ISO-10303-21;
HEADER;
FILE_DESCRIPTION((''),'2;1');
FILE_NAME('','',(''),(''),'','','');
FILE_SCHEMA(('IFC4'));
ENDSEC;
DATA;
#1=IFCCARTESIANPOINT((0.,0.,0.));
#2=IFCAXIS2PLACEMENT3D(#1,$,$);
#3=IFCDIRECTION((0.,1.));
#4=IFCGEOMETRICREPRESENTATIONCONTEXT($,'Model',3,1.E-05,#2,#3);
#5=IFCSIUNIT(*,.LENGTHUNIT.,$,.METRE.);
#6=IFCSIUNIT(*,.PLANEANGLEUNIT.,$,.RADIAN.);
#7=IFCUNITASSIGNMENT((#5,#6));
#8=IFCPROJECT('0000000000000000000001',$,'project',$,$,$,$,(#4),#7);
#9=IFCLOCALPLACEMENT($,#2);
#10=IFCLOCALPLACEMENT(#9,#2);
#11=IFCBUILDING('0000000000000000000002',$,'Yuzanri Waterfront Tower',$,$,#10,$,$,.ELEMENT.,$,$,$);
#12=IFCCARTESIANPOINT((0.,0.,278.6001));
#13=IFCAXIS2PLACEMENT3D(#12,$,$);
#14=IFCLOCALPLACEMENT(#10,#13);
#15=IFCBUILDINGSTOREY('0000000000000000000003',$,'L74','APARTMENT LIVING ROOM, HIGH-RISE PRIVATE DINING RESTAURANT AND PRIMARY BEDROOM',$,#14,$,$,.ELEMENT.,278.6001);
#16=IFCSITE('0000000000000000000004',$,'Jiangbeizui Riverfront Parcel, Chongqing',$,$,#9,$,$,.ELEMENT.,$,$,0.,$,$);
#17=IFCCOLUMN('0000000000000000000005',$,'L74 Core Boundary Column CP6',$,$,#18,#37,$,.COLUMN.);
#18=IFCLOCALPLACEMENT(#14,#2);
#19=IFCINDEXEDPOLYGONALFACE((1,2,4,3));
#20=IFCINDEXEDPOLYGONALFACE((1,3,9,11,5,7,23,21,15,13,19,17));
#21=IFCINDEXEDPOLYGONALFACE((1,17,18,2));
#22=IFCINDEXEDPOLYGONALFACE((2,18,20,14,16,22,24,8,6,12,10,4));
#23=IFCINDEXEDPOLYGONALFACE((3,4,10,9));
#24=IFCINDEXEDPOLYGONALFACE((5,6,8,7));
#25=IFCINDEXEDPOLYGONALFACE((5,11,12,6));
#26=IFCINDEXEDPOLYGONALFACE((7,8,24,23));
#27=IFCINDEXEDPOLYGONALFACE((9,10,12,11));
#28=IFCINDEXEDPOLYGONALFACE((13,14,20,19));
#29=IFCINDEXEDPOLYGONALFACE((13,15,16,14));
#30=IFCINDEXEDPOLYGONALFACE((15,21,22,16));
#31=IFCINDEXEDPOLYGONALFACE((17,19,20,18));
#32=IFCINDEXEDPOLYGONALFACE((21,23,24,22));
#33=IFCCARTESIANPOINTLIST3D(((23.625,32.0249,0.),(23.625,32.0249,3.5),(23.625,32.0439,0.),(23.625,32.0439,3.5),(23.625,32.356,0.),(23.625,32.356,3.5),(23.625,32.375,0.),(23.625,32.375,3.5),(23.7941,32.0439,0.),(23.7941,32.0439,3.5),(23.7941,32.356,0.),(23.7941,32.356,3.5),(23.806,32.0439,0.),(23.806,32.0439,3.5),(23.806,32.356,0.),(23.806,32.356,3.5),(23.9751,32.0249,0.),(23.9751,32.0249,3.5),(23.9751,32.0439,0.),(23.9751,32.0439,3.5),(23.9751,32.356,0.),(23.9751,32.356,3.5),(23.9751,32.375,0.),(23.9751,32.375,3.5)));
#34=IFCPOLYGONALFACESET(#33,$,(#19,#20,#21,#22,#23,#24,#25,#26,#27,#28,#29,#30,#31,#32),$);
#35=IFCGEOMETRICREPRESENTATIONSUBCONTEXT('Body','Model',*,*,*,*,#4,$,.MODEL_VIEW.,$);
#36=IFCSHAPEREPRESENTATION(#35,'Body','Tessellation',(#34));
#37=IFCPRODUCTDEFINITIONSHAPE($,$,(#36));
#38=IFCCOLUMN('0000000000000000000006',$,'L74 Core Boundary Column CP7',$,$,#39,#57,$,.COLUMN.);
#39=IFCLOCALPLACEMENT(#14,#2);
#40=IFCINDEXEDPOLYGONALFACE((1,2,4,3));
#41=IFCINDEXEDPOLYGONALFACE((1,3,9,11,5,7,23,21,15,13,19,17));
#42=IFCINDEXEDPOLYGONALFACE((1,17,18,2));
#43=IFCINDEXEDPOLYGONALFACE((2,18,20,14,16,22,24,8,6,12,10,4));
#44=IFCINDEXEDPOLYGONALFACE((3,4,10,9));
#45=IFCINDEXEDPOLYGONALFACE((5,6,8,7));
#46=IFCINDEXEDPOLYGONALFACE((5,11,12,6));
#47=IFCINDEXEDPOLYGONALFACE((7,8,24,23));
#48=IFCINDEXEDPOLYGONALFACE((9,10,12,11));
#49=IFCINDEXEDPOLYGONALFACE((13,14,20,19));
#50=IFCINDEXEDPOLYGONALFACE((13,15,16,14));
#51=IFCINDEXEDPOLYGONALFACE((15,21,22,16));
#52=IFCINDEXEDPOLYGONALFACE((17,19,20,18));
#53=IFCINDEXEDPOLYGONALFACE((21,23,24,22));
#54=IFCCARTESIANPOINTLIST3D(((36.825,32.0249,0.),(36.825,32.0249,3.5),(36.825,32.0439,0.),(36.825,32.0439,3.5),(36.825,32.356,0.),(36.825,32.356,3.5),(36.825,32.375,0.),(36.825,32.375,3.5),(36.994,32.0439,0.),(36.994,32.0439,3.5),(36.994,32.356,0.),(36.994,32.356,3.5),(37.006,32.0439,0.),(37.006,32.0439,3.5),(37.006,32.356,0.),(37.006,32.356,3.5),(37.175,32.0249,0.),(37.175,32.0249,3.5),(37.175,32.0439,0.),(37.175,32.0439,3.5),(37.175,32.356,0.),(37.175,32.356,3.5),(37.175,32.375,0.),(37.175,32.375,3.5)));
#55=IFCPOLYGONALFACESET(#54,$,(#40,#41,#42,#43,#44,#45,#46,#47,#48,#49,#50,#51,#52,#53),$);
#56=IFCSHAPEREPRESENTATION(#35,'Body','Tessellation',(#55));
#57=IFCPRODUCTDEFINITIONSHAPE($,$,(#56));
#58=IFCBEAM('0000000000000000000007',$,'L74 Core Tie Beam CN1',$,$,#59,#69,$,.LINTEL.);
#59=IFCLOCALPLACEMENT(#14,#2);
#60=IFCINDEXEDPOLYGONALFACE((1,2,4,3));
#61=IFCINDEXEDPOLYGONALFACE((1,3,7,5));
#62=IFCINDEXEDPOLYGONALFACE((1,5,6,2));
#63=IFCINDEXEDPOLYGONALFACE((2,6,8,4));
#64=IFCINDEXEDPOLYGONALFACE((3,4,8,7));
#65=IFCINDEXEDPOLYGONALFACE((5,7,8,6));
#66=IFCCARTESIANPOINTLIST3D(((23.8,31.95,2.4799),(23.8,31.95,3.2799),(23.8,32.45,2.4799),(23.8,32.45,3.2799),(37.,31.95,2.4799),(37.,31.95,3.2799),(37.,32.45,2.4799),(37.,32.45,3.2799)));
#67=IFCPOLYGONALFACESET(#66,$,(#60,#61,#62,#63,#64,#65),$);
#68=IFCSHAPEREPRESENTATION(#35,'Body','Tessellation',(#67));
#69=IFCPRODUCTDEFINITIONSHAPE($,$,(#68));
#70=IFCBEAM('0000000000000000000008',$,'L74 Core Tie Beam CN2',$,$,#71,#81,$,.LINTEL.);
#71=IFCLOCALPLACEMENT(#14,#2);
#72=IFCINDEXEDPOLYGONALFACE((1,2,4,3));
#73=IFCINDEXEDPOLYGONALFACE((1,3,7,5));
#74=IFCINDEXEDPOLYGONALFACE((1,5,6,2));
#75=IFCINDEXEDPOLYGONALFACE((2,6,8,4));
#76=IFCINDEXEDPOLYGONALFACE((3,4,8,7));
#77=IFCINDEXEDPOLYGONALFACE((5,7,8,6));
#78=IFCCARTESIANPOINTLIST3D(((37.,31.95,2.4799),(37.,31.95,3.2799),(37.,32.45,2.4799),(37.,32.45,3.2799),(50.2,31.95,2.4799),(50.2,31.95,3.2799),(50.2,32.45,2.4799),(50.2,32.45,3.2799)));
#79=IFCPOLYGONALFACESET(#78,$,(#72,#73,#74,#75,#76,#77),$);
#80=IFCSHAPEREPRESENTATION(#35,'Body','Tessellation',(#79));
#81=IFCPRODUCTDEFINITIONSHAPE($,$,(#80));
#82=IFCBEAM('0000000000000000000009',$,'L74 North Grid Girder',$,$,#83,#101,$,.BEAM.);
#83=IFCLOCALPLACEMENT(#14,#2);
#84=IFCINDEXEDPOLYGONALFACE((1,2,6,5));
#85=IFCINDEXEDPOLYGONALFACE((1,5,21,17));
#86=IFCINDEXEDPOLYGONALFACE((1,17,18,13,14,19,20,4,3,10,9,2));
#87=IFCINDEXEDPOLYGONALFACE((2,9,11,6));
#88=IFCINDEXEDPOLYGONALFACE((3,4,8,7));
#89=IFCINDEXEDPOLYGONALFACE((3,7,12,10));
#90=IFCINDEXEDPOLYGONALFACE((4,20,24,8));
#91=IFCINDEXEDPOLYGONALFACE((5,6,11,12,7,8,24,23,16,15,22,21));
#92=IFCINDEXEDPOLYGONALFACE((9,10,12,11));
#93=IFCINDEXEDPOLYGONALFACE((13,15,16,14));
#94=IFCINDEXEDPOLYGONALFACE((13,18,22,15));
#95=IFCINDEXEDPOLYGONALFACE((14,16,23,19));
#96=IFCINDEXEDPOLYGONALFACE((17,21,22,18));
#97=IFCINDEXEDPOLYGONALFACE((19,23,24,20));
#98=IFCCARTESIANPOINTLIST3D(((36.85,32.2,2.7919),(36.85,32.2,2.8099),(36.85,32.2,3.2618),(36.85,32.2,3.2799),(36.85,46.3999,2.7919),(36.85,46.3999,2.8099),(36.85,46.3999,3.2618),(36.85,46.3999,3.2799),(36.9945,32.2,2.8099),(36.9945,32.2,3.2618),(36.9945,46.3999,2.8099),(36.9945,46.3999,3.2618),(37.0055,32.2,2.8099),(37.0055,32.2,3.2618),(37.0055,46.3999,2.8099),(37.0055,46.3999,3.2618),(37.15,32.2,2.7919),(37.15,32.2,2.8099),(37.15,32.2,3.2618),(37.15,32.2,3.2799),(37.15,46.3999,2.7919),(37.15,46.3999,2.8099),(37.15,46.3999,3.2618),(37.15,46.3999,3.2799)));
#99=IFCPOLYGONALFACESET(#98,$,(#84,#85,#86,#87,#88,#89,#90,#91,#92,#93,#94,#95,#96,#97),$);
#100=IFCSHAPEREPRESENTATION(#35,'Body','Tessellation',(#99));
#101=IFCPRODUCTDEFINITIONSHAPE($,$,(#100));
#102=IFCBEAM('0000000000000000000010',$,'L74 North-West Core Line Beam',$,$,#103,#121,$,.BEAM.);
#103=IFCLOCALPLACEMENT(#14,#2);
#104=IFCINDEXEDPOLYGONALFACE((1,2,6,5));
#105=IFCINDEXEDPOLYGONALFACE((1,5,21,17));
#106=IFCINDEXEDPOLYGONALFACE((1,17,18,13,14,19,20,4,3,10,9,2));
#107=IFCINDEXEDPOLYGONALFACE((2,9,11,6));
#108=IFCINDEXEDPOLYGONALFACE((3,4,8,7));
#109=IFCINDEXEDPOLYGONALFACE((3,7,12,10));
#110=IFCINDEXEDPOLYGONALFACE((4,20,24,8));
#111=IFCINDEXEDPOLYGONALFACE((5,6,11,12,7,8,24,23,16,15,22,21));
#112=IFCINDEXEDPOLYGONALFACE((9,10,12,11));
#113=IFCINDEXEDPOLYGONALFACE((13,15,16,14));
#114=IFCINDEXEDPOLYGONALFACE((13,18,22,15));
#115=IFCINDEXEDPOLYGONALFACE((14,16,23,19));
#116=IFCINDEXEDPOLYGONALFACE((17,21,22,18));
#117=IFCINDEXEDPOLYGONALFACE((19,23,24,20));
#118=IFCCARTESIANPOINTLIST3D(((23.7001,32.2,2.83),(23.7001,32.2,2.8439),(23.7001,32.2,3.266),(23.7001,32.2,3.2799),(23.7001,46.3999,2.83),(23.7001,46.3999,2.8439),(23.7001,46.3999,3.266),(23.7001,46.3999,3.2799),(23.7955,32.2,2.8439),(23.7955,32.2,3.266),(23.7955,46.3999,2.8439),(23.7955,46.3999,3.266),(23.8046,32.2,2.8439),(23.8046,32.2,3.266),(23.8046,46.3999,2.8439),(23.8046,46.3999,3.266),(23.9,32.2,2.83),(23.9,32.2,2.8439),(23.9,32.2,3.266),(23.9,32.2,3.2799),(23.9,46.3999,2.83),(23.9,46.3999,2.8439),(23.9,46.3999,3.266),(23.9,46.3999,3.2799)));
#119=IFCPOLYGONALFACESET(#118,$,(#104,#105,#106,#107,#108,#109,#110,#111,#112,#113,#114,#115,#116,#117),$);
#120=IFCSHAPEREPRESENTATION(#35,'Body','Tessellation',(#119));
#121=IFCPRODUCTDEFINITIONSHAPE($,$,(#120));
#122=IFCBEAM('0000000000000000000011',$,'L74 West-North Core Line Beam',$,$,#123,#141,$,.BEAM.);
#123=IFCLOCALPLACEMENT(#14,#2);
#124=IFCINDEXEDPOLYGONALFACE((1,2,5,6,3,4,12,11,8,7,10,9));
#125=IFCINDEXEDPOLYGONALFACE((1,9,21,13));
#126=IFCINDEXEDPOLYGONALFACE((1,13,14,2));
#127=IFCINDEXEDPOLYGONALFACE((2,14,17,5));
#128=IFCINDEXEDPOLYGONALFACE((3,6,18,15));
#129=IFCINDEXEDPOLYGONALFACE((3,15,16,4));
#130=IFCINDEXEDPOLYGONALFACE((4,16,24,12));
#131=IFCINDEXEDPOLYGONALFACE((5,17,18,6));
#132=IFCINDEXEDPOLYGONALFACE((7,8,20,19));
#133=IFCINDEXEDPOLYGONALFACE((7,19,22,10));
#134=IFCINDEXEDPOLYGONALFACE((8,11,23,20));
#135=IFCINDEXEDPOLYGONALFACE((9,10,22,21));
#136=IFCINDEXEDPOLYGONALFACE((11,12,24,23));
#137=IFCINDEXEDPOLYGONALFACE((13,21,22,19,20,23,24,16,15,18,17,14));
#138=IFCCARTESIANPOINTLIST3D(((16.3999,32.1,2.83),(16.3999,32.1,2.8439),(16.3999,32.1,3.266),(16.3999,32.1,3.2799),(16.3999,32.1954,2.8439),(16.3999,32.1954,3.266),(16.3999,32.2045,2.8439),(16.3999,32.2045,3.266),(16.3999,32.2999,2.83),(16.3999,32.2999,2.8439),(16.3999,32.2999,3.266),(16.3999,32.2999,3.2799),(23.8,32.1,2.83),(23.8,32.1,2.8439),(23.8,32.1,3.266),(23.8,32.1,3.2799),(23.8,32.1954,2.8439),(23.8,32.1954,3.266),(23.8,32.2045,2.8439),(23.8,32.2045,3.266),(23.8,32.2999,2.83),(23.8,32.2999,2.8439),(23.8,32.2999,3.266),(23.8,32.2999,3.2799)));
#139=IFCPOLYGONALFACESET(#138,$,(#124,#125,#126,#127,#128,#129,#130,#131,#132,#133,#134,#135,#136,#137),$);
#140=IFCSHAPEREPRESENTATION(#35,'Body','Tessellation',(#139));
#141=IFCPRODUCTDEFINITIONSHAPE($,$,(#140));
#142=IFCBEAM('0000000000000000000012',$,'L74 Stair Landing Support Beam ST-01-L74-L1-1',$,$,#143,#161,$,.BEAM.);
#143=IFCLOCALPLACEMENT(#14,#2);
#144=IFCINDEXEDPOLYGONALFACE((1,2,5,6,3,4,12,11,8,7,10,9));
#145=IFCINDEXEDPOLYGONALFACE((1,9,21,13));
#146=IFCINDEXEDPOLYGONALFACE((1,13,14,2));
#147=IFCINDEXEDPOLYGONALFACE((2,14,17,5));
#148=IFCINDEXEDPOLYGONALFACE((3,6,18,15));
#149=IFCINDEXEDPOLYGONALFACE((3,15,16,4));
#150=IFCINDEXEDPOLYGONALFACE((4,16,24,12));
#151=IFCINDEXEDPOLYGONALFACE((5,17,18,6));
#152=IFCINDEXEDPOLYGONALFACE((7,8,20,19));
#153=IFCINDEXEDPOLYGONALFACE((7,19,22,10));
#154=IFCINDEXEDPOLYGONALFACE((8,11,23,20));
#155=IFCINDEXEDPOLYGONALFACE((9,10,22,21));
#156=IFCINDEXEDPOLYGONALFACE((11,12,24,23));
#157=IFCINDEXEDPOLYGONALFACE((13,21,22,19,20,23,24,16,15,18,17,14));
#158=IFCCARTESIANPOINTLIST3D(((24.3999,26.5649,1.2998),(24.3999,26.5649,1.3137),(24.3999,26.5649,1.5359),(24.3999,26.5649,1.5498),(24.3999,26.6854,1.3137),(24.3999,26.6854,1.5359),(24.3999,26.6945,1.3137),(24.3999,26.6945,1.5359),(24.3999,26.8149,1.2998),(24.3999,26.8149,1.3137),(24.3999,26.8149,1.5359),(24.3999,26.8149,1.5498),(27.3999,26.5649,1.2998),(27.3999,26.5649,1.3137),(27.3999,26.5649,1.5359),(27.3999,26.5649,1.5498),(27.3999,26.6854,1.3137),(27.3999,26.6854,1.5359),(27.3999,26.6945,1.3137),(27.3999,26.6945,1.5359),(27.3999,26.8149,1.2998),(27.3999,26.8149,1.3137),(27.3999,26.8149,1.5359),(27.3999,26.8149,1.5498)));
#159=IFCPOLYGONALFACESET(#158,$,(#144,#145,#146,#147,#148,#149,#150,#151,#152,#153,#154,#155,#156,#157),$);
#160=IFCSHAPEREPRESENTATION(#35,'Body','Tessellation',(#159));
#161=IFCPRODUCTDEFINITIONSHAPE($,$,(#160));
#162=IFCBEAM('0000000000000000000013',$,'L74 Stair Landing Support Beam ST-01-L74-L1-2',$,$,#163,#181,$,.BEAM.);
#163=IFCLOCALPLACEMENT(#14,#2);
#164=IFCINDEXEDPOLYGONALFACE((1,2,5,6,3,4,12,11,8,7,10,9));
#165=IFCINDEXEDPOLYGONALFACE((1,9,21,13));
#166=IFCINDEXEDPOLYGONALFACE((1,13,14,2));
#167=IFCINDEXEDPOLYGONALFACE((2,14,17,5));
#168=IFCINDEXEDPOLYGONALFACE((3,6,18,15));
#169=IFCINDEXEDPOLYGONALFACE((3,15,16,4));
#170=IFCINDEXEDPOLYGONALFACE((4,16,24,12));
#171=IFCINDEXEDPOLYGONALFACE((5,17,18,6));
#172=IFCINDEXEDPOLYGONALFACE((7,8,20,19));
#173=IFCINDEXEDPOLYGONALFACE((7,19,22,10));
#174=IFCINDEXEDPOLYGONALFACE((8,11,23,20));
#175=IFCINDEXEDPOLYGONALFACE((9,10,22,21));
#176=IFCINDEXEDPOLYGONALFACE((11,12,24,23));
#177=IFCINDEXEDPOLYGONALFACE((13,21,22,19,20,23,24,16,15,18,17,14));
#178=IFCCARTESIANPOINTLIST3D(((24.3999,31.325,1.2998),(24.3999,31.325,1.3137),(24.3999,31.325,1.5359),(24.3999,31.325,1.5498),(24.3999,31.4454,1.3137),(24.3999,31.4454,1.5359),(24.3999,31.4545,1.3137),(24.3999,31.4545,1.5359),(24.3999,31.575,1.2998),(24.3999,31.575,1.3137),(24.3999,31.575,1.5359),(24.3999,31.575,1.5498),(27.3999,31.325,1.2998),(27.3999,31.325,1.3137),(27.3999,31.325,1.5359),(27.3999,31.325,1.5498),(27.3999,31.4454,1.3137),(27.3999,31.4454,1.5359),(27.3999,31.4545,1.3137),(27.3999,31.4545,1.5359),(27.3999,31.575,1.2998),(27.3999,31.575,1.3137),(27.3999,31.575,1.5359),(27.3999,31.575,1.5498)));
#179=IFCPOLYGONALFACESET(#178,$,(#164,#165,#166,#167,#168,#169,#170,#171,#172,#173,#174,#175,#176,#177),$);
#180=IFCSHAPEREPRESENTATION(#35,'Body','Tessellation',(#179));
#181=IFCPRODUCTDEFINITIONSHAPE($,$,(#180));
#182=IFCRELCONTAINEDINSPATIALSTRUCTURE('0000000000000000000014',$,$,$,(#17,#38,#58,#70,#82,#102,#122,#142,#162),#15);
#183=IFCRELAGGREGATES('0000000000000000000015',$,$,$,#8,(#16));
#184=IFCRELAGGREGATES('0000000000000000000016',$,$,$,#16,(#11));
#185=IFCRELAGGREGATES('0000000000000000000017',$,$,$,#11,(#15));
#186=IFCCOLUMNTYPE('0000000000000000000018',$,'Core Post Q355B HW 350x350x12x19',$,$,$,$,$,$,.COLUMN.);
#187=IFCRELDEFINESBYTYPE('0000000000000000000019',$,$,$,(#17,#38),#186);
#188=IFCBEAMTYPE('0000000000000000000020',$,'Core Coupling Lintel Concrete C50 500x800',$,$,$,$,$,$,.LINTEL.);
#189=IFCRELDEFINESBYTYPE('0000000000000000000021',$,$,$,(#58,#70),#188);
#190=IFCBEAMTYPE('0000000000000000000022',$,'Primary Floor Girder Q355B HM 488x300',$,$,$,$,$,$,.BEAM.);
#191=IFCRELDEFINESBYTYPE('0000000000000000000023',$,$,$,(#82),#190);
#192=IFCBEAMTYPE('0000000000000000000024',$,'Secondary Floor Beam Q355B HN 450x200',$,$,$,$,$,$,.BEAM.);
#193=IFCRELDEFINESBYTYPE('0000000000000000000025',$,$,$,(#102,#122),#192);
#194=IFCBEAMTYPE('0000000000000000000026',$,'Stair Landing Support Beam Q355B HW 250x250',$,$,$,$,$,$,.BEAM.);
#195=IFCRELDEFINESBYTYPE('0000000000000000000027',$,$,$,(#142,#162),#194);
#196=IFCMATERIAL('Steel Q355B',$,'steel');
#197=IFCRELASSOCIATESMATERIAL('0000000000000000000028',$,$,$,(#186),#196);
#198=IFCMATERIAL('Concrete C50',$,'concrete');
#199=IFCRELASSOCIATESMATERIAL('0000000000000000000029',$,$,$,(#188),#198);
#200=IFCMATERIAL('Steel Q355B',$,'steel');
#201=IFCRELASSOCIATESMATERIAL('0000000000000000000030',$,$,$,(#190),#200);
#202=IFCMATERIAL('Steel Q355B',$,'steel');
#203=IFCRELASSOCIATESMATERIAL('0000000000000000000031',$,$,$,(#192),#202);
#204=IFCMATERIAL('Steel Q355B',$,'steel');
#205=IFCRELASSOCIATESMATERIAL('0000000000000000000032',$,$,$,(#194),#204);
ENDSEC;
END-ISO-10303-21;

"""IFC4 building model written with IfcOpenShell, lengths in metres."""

from ifc_helpers import new_model, si_unit, direction, frame, origin, origin_2d, place, context, subcontext, project, spatial, rectangle, i_section, extrude, source, transform, mapped, material, material_profile, profile_set, type_object, element, save


model = new_model("IFC4")

# Units and contexts
model_context = context("Model", 3, precision=1e-05, world=origin(), true_north=direction((0.0, 1.0)))
body_context = subcontext(model_context, "Body", "Model", "MODEL_VIEW")
ifc_project = project(units=[si_unit("LENGTHUNIT", "METRE"), si_unit("PLANEANGLEUNIT", "RADIAN")], contexts=[model_context])

# Site, building, storey
site_placement = place(None, origin())
site = spatial("IfcSite", under=ifc_project, at=site_placement, Name="Jiangbeizui Riverfront Parcel, Chongqing", CompositionType="ELEMENT", RefElevation=0.0)
building_placement = place(site_placement, origin())
building = spatial("IfcBuilding", under=site, at=building_placement, Name="Yuzanri Waterfront Tower", CompositionType="ELEMENT")
storey_placement = place(building_placement, frame((0.0, 0.0, 278.6001)))
storey = spatial("IfcBuildingStorey", under=building, at=storey_placement, Name="L74", Description="APARTMENT LIVING ROOM, HIGH-RISE PRIVATE DINING RESTAURANT AND PRIMARY BEDROOM", CompositionType="ELEMENT", Elevation=278.6001)

# Columns
ifc_material_1 = material(Name="Steel Q355B", Category="steel")
ifc_material_profile_1 = material_profile(ifc_material_1, i_section(OverallWidth=0.3501, OverallDepth=0.3501, WebThickness=0.012, FlangeThickness=0.019, at=origin_2d()), Name="HW 350x350x12x19")
ifc_profile_set_1 = profile_set([ifc_material_profile_1], Name="Steel Q355B")
column_type = type_object("IfcColumnType", Name="Core Post Q355B HW 350x350x12x19", PredefinedType="COLUMN", material=ifc_profile_set_1)
shared_shape_1 = source(origin(), body_context, "Body", "SweptSolid", [
    extrude(i_section(OverallWidth=0.3501, OverallDepth=0.3501, WebThickness=0.012, FlangeThickness=0.019, at=origin_2d()), origin(), (0.0, 0.0, 1.0), 3.5),
])
for number, where, z_axis, x_axis, name in (
    (1, (23.8, 32.2, 0.0), (0.0, 0.0, 1.0), (1.0, 0.0, 0.0), "L74 Core Boundary Column CP6"),
    (2, (37.0, 32.2, 0.0), (0.0, 0.0, 1.0), (1.0, 0.0, 0.0), "L74 Core Boundary Column CP7"),
):
    element("IfcColumn", number, at=place(storey_placement, frame(where, z_axis=z_axis, x_axis=x_axis)), inside=storey, type_object=column_type, Name=name, PredefinedType="COLUMN", context=body_context, shape_type="MappedRepresentation", body=[
        mapped(shared_shape_1, transform((0.0, 0.0, 0.0), scale=1.0)),
    ])

# Beams
ifc_material_2 = material(Name="Concrete C50", Category="concrete")
ifc_material_profile_2 = material_profile(ifc_material_2, rectangle(XDim=0.5, YDim=0.8, at=origin_2d()), Name="RC 500x800")
ifc_profile_set_2 = profile_set([ifc_material_profile_2], Name="Concrete C50")
beam_type_1 = type_object("IfcBeamType", Name="Core Coupling Lintel Concrete C50 500x800", PredefinedType="LINTEL", material=ifc_profile_set_2)
shared_shape_2 = source(origin(), body_context, "Body", "SweptSolid", [
    extrude(rectangle(XDim=0.5, YDim=0.8, at=origin_2d()), origin(), (0.0, 0.0, 1.0), 13.2),
])
for number, where, z_axis, x_axis, name in (
    (3, (23.8, 32.2, 2.8799), (1.0, 0.0, 0.0), (0.0, 1.0, 0.0), "L74 Core Tie Beam CN1"),
    (4, (37.0, 32.2, 2.8799), (1.0, 0.0, 0.0), (0.0, 1.0, 0.0), "L74 Core Tie Beam CN2"),
):
    element("IfcBeam", number, at=place(storey_placement, frame(where, z_axis=z_axis, x_axis=x_axis)), inside=storey, type_object=beam_type_1, Name=name, PredefinedType="LINTEL", context=body_context, shape_type="MappedRepresentation", body=[
        mapped(shared_shape_2, transform((0.0, 0.0, 0.0), scale=1.0)),
    ])
ifc_material_3 = material(Name="Steel Q355B", Category="steel")
ifc_material_profile_3 = material_profile(ifc_material_3, i_section(OverallWidth=0.3, OverallDepth=0.488, WebThickness=0.011, FlangeThickness=0.0181, at=origin_2d()), Name="HM 488x300x11x18")
ifc_profile_set_3 = profile_set([ifc_material_profile_3], Name="Steel Q355B")
beam_type_2 = type_object("IfcBeamType", Name="Primary Floor Girder Q355B HM 488x300", PredefinedType="BEAM", material=ifc_profile_set_3)
shared_shape_3 = source(origin(), body_context, "Body", "SweptSolid", [
    extrude(i_section(OverallWidth=0.3, OverallDepth=0.488, WebThickness=0.011, FlangeThickness=0.0181, at=origin_2d()), origin(), (0.0, 0.0, 1.0), 14.2),
])
beam_1_placement = place(storey_placement, frame((37.0, 32.2, 3.0359), z_axis=(0.0, 1.0, 0.0), x_axis=(-1.0, 0.0, 0.0)))
element("IfcBeam", 5, at=beam_1_placement, inside=storey, type_object=beam_type_2, Name="L74 North Grid Girder", PredefinedType="BEAM", context=body_context, shape_type="MappedRepresentation", body=[
    mapped(shared_shape_3, transform((0.0, 0.0, 0.0), scale=1.0)),
])
ifc_material_4 = material(Name="Steel Q355B", Category="steel")
ifc_material_profile_4 = material_profile(ifc_material_4, i_section(OverallWidth=0.2, OverallDepth=0.45, WebThickness=0.009, FlangeThickness=0.0139, at=origin_2d()), Name="HN 450x200x9x14")
ifc_profile_set_4 = profile_set([ifc_material_profile_4], Name="Steel Q355B")
beam_type_3 = type_object("IfcBeamType", Name="Secondary Floor Beam Q355B HN 450x200", PredefinedType="BEAM", material=ifc_profile_set_4)
shared_shape_4 = source(origin(), body_context, "Body", "SweptSolid", [
    extrude(i_section(OverallWidth=0.2, OverallDepth=0.45, WebThickness=0.009, FlangeThickness=0.0139, at=origin_2d()), origin(), (0.0, 0.0, 1.0), 14.2),
])
beam_2_placement = place(storey_placement, frame((23.8, 32.2, 3.0549), z_axis=(0.0, 1.0, 0.0), x_axis=(-1.0, 0.0, 0.0)))
element("IfcBeam", 6, at=beam_2_placement, inside=storey, type_object=beam_type_3, Name="L74 North-West Core Line Beam", PredefinedType="BEAM", context=body_context, shape_type="MappedRepresentation", body=[
    mapped(shared_shape_4, transform((0.0, 0.0, 0.0), scale=1.0)),
])
shared_shape_5 = source(origin(), body_context, "Body", "SweptSolid", [
    extrude(i_section(OverallWidth=0.2, OverallDepth=0.45, WebThickness=0.009, FlangeThickness=0.0139, at=origin_2d()), origin(), (0.0, 0.0, 1.0), 7.4001),
])
beam_3_placement = place(storey_placement, frame((23.8, 32.2, 3.0549), z_axis=(-1.0, 0.0, 0.0), x_axis=(0.0, -1.0, 0.0)))
element("IfcBeam", 7, at=beam_3_placement, inside=storey, type_object=beam_type_3, Name="L74 West-North Core Line Beam", PredefinedType="BEAM", context=body_context, shape_type="MappedRepresentation", body=[
    mapped(shared_shape_5, transform((0.0, 0.0, 0.0), scale=1.0)),
])
ifc_material_5 = material(Name="Steel Q355B", Category="steel")
ifc_material_profile_5 = material_profile(ifc_material_5, i_section(OverallWidth=0.25, OverallDepth=0.25, WebThickness=0.009, FlangeThickness=0.0139, at=origin_2d()), Name="HW 250x250x9x14")
ifc_profile_set_5 = profile_set([ifc_material_profile_5], Name="Steel Q355B")
beam_type_4 = type_object("IfcBeamType", Name="Stair Landing Support Beam Q355B HW 250x250", PredefinedType="BEAM", material=ifc_profile_set_5)
shared_shape_6 = source(origin(), body_context, "Body", "SweptSolid", [
    extrude(i_section(OverallWidth=0.25, OverallDepth=0.25, WebThickness=0.009, FlangeThickness=0.0139, at=origin_2d()), origin(), (0.0, 0.0, 1.0), 3.0),
])
for number, where, z_axis, x_axis, name in (
    (8, (24.3999, 26.6899, 1.4248), (1.0, 0.0, 0.0), (0.0, 1.0, 0.0), "L74 Stair Landing Support Beam ST-01-L74-L1-1"),
    (9, (24.3999, 31.45, 1.4248), (1.0, 0.0, 0.0), (0.0, 1.0, 0.0), "L74 Stair Landing Support Beam ST-01-L74-L1-2"),
):
    element("IfcBeam", number, at=place(storey_placement, frame(where, z_axis=z_axis, x_axis=x_axis)), inside=storey, type_object=beam_type_4, Name=name, PredefinedType="BEAM", context=body_context, shape_type="MappedRepresentation", body=[
        mapped(shared_shape_6, transform((0.0, 0.0, 0.0), scale=1.0)),
    ])

save(model, "model.ifc")
